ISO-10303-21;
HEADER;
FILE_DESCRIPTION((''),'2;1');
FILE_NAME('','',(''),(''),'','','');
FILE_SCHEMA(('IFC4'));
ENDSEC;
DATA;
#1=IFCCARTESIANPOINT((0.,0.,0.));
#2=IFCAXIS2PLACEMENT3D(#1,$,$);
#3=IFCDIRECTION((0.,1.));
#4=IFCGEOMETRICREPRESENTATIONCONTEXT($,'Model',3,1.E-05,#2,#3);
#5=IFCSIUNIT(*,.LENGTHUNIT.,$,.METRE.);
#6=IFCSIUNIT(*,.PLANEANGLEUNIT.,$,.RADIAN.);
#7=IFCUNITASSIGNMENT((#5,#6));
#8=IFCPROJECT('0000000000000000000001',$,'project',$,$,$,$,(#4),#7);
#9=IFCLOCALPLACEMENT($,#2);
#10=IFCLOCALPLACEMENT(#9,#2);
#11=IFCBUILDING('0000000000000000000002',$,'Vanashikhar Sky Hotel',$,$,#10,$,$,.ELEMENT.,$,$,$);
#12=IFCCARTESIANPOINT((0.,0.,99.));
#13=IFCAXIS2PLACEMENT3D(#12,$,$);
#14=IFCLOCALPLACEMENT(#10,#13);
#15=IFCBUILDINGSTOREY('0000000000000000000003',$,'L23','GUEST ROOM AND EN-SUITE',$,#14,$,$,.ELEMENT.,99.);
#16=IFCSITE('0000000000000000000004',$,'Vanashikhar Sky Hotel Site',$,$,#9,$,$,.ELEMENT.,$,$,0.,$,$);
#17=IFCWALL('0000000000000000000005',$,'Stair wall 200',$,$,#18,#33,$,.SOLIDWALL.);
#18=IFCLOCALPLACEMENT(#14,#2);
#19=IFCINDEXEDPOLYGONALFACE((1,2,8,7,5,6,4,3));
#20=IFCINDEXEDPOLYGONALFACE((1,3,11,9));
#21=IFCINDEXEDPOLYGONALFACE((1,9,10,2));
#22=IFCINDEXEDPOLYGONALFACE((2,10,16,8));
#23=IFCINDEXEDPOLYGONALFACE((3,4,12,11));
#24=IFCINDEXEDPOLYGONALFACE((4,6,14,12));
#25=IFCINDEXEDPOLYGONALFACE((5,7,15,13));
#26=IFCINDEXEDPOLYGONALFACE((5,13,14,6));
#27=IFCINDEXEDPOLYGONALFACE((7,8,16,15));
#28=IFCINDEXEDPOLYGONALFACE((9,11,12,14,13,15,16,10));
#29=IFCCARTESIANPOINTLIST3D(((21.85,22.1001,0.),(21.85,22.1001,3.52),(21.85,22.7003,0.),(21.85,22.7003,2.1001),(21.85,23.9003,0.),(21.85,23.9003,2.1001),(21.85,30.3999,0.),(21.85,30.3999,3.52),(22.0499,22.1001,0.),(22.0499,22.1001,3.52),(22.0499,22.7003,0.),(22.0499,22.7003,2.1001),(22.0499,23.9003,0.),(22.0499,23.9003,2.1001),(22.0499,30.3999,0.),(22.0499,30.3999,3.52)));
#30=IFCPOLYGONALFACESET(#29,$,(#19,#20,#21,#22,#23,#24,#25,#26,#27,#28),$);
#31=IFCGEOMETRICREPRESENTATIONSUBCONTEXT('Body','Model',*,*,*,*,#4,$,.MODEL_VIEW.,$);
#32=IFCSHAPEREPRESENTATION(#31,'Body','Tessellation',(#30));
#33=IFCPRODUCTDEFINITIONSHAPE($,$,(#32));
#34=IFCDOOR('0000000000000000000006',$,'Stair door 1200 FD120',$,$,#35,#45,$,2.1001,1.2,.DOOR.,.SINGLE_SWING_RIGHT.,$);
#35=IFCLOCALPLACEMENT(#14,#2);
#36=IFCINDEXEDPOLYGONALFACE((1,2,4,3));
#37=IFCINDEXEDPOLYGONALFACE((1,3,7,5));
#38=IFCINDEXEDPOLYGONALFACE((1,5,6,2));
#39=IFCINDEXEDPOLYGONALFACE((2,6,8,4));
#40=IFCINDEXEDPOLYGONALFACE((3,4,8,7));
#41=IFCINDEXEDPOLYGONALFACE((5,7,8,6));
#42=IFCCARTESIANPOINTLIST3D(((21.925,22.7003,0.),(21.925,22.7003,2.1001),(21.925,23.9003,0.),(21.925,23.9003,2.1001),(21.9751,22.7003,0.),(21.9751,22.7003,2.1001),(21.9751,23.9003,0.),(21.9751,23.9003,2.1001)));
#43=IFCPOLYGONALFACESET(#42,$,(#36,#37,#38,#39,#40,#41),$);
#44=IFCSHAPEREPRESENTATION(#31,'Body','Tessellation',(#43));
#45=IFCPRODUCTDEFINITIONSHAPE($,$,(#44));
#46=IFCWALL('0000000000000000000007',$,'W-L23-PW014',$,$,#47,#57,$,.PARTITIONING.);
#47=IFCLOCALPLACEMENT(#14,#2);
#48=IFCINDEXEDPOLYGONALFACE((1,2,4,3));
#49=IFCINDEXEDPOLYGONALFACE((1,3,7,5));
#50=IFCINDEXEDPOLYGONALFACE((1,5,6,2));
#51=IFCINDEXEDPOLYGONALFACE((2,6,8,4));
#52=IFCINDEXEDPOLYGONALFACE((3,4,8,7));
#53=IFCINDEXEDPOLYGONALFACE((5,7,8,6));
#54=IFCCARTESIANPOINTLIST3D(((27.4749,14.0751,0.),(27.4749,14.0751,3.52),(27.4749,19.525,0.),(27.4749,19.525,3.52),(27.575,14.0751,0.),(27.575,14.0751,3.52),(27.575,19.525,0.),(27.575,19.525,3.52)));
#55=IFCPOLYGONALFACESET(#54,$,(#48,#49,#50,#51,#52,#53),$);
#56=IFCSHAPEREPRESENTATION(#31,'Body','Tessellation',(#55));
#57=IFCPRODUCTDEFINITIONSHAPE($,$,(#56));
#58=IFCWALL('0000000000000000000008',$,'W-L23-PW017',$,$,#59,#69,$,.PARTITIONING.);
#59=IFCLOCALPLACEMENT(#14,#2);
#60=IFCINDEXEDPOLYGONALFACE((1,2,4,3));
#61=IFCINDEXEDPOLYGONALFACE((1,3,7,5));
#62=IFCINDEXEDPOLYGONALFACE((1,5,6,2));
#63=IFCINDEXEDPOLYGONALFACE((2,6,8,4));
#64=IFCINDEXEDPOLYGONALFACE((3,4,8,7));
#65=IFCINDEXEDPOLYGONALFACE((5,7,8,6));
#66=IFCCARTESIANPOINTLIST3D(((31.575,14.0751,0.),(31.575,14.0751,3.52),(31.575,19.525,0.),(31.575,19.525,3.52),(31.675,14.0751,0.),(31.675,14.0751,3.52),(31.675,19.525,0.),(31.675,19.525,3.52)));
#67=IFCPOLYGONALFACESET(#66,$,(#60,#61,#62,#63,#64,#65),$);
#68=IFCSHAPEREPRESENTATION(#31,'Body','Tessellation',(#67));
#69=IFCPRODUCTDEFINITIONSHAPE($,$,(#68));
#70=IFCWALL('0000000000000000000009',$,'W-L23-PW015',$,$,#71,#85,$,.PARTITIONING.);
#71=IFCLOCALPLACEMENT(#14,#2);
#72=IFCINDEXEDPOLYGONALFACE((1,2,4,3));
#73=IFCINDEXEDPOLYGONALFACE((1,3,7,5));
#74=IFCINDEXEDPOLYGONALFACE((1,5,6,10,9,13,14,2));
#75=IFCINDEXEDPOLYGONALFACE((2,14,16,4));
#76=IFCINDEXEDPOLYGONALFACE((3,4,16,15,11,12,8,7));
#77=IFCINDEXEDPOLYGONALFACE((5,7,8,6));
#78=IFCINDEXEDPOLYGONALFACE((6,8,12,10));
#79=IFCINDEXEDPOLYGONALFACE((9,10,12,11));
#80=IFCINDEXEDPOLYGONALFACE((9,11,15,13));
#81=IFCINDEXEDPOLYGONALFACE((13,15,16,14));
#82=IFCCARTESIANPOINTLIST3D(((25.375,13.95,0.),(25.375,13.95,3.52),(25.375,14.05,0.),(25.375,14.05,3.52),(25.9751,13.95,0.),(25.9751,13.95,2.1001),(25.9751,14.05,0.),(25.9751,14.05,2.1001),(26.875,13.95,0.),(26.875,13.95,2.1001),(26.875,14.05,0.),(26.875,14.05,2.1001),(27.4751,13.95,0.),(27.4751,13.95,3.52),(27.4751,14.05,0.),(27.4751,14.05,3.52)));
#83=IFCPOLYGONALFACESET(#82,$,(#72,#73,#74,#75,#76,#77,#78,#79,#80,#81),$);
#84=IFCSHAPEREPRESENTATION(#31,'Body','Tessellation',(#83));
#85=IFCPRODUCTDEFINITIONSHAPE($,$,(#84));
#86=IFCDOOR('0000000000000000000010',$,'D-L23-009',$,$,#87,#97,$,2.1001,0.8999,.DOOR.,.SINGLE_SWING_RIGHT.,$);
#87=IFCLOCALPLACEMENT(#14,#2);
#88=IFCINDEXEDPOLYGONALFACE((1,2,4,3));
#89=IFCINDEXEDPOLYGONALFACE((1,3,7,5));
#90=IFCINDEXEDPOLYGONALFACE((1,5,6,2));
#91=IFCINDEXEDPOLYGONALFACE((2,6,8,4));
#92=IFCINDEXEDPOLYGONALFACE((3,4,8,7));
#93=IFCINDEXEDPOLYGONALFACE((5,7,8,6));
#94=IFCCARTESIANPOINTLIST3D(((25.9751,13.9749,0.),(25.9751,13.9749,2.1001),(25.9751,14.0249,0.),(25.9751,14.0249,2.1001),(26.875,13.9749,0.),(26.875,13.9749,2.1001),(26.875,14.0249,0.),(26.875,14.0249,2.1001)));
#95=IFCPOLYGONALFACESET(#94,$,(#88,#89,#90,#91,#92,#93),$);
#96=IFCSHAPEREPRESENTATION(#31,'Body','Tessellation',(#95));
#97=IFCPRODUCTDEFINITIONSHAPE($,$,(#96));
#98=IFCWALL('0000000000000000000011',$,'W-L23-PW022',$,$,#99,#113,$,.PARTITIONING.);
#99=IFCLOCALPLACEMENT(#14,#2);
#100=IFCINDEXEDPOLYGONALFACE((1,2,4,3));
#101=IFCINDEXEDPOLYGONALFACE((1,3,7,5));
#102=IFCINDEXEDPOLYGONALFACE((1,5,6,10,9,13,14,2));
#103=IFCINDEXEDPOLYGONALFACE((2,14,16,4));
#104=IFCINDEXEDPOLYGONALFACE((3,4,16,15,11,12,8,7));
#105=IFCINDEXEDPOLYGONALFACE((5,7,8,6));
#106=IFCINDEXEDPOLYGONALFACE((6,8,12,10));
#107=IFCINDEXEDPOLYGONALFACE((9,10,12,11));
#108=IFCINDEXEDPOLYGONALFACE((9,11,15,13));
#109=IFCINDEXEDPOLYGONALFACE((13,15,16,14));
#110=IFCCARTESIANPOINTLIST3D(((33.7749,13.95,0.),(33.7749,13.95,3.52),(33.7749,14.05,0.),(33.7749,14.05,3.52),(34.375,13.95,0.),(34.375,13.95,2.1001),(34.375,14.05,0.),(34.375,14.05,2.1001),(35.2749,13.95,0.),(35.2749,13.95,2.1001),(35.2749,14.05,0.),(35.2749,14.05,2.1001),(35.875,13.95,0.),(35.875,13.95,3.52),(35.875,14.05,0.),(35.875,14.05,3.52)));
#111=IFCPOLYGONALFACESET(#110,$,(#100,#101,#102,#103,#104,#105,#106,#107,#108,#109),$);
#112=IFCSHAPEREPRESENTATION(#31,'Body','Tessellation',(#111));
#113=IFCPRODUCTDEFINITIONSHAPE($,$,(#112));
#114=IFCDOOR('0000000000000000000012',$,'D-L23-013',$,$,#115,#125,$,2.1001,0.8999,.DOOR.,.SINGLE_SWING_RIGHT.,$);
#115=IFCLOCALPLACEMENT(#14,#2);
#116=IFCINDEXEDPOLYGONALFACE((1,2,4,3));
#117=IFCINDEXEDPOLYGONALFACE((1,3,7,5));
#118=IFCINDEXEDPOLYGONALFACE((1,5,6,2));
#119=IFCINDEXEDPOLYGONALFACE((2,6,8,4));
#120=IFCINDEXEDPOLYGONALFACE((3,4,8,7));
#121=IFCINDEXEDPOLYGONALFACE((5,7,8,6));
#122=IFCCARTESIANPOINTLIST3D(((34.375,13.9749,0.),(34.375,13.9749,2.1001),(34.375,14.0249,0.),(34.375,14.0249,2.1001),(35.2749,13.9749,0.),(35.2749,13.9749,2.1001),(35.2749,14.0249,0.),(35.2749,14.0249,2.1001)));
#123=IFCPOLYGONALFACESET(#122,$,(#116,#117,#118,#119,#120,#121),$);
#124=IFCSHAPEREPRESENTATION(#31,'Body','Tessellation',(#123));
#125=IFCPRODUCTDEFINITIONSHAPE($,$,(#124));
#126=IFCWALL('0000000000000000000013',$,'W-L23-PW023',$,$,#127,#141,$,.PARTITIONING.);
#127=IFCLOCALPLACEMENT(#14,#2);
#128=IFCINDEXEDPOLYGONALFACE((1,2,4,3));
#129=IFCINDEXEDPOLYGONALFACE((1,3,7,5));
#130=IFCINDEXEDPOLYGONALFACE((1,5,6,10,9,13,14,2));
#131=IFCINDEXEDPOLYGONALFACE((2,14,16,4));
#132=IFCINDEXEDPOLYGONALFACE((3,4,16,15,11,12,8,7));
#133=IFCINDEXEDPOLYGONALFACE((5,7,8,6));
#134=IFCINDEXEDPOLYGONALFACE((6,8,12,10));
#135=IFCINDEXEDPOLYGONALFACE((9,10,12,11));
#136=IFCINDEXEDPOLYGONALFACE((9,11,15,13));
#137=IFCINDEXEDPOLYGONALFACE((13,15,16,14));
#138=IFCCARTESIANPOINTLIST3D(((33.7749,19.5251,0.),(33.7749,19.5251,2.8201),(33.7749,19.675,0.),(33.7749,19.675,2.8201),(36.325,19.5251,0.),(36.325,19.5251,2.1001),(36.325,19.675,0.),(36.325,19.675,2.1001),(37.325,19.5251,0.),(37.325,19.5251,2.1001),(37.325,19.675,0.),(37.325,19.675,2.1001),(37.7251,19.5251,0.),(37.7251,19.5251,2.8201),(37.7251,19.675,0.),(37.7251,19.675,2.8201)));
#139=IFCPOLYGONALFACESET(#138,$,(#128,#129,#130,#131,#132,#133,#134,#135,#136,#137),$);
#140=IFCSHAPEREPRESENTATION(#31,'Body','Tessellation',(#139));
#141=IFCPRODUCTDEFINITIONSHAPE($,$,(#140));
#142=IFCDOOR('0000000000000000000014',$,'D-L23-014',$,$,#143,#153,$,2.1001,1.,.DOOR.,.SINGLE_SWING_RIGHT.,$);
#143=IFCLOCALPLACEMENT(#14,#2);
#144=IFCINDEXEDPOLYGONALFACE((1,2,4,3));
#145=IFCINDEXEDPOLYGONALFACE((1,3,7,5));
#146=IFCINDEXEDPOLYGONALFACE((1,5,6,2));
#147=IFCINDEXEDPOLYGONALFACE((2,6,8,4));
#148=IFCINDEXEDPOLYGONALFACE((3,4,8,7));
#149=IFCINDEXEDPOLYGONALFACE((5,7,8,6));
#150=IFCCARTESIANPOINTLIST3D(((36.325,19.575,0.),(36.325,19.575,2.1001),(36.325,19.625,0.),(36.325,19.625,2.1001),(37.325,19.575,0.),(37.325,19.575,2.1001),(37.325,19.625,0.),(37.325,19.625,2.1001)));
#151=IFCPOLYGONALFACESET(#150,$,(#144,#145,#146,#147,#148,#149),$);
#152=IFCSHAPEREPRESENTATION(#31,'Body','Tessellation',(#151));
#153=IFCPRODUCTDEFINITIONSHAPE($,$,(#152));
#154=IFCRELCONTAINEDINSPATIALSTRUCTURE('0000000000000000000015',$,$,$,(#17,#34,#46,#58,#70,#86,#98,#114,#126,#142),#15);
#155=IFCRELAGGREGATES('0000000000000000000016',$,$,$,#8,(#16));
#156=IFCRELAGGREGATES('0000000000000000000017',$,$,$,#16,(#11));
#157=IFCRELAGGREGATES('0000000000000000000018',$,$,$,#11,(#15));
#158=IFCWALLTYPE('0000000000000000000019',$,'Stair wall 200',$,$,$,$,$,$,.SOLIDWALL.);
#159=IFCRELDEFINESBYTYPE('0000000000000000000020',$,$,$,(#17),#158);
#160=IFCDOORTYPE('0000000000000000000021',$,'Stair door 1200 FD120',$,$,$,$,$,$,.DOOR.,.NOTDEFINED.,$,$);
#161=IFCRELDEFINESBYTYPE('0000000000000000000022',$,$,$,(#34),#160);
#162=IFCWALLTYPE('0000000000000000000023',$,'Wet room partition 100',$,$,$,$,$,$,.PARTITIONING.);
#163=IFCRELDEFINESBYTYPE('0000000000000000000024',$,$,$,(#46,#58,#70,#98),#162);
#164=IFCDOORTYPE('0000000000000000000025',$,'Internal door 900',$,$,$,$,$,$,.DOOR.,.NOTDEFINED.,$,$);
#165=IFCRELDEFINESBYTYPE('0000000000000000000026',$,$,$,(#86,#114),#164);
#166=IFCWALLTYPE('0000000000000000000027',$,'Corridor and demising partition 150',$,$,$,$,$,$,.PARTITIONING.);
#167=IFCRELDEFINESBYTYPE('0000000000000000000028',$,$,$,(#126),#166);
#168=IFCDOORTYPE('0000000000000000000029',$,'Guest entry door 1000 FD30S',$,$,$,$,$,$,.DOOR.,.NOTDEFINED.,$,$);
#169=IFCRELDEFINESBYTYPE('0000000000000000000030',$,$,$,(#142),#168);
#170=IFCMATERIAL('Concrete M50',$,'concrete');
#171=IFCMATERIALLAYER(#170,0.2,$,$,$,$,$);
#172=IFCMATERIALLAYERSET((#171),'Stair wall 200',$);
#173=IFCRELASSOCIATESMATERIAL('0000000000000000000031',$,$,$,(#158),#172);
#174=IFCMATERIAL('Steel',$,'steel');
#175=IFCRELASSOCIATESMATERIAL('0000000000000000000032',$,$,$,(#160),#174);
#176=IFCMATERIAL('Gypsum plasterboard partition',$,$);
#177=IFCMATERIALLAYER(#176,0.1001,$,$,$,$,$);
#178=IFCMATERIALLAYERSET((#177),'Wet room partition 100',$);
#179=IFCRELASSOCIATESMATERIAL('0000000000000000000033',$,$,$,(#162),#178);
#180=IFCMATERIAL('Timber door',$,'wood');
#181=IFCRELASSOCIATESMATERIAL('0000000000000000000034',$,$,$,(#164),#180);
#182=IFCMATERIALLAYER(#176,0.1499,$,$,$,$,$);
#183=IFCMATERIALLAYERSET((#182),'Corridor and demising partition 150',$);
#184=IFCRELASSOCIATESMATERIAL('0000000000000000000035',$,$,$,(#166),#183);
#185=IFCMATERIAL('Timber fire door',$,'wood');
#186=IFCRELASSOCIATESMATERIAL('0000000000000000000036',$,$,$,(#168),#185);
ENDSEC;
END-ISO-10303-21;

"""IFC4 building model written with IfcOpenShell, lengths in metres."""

from ifc_helpers import new_model, si_unit, direction, frame, frame_2d, origin, place, context, subcontext, project, spatial, rectangle, extrude, source, transform, mapped, material, layer, layer_set, type_object, element, fill, save


model = new_model("IFC4")

# Units and contexts
model_context = context("Model", 3, precision=1e-05, world=origin(), true_north=direction((0.0, 1.0)))
body_context = subcontext(model_context, "Body", "Model", "MODEL_VIEW")
ifc_project = project(units=[si_unit("LENGTHUNIT", "METRE"), si_unit("PLANEANGLEUNIT", "RADIAN")], contexts=[model_context])

# Site, building, storey
site_placement = place(None, origin())
site = spatial("IfcSite", under=ifc_project, at=site_placement, Name="Vanashikhar Sky Hotel Site", CompositionType="ELEMENT", RefElevation=0.0)
building_placement = place(site_placement, origin())
building = spatial("IfcBuilding", under=site, at=building_placement, Name="Vanashikhar Sky Hotel", CompositionType="ELEMENT")
storey_placement = place(building_placement, frame((0.0, 0.0, 99.0)))
storey = spatial("IfcBuildingStorey", under=building, at=storey_placement, Name="L23", Description="GUEST ROOM AND EN-SUITE", CompositionType="ELEMENT", Elevation=99.0)

# Shared definitions
ifc_material_1 = material(Name="Concrete M50", Category="concrete")

# Shared definitions
ifc_material_2 = material(Name="Steel", Category="steel")

# Wall, opening, door
ifc_layer_1 = layer(ifc_material_1, 0.2)
ifc_layer_set_1 = layer_set([ifc_layer_1], Name="Stair wall 200")
wall_type_1 = type_object("IfcWallType", Name="Stair wall 200", PredefinedType="SOLIDWALL", material=ifc_layer_set_1)
shared_shape_1 = source(origin(), body_context, "Body", "SweptSolid", [
    extrude(rectangle(XDim=8.2998, YDim=0.2, at=frame_2d((4.1499, 0.0))), origin(), (0.0, 0.0, 1.0), 3.52),
])
wall_1_placement = place(storey_placement, frame((21.95, 22.1001, 0.0), z_axis=(0.0, 0.0, 1.0), x_axis=(0.0, 1.0, 0.0)))
wall_1 = element("IfcWall", 1, at=wall_1_placement, inside=storey, type_object=wall_type_1, Name="Stair wall 200", PredefinedType="SOLIDWALL", context=body_context, shape_type="MappedRepresentation", body=[
    mapped(shared_shape_1, transform((0.0, 0.0, 0.0), scale=1.0)),
])
shared_shape_2 = source(origin(), body_context, "Body", "SweptSolid", [
    extrude(rectangle(XDim=1.2, YDim=2.1001, at=frame_2d((0.6001, 1.05))), frame((0.0, 0.1099, 0.0), z_axis=(0.0, -1.0, 0.0), x_axis=(1.0, 0.0, 0.0)), (0.0, 0.0, 1.0), 0.22),
])
opening_1_placement = place(wall_1_placement, frame((0.6001, 0.0, 0.0)))
opening_1 = element("IfcOpeningElement", 2, at=opening_1_placement, cuts=wall_1, PredefinedType="OPENING", context=body_context, shape_type="MappedRepresentation", body=[
    mapped(shared_shape_2, transform((0.0, 0.0, 0.0), scale=1.0)),
])
door_type_1 = type_object("IfcDoorType", Name="Stair door 1200 FD120", OperationType="NOTDEFINED", PredefinedType="DOOR", material=ifc_material_2)
shared_shape_3 = source(origin(), body_context, "Body", "SweptSolid", [
    extrude(rectangle(XDim=1.2, YDim=2.1001, at=frame_2d((0.6001, 1.05))), frame((0.0, 0.0249, 0.0), z_axis=(0.0, -1.0, 0.0), x_axis=(1.0, 0.0, 0.0)), (0.0, 0.0, 1.0), 0.05),
])
door_1_placement = place(opening_1_placement, origin())
door_1 = element("IfcDoor", 3, at=door_1_placement, inside=storey, type_object=door_type_1, Name="Stair door 1200 FD120", OperationType="SINGLE_SWING_RIGHT", OverallHeight=2.1001, OverallWidth=1.2, PredefinedType="DOOR", context=body_context, shape_type="MappedRepresentation", body=[
    mapped(shared_shape_3, transform((0.0, 0.0, 0.0), scale=1.0)),
])
fill(opening_1, door_1)

# Walls
ifc_material_3 = material(Name="Gypsum plasterboard partition")
ifc_layer_2 = layer(ifc_material_3, 0.1001)
ifc_layer_set_2 = layer_set([ifc_layer_2], Name="Wet room partition 100")
wall_type_2 = type_object("IfcWallType", Name="Wet room partition 100", PredefinedType="PARTITIONING", material=ifc_layer_set_2)
shared_shape_4 = source(origin(), body_context, "Body", "SweptSolid", [
    extrude(rectangle(XDim=5.45, YDim=0.1001, at=frame_2d((2.7251, 0.0))), origin(), (0.0, 0.0, 1.0), 3.52),
])
for number, where, z_axis, x_axis, name in (
    (4, (27.5249, 14.075, 0.0), (0.0, 0.0, 1.0), (0.0, 1.0, 0.0), "W-L23-PW014"),
    (5, (31.625, 14.075, 0.0), (0.0, 0.0, 1.0), (0.0, 1.0, 0.0), "W-L23-PW017"),
):
    element("IfcWall", number, at=place(storey_placement, frame(where, z_axis=z_axis, x_axis=x_axis)), inside=storey, type_object=wall_type_2, Name=name, PredefinedType="PARTITIONING", context=body_context, shape_type="MappedRepresentation", body=[
        mapped(shared_shape_4, transform((0.0, 0.0, 0.0), scale=1.0)),
    ])

# Walls, openings, doors
shared_shape_5 = source(origin(), body_context, "Body", "SweptSolid", [
    extrude(rectangle(XDim=2.1001, YDim=0.1001, at=frame_2d((1.05, 0.0))), origin(), (0.0, 0.0, 1.0), 3.52),
])
wall_2_placement = place(storey_placement, frame((25.375, 14.0, 0.0), z_axis=(0.0, 0.0, 1.0), x_axis=(1.0, 0.0, 0.0)))
wall_2 = element("IfcWall", 6, at=wall_2_placement, inside=storey, type_object=wall_type_2, Name="W-L23-PW015", PredefinedType="PARTITIONING", context=body_context, shape_type="MappedRepresentation", body=[
    mapped(shared_shape_5, transform((0.0, 0.0, 0.0), scale=1.0)),
])
shared_shape_6 = source(origin(), body_context, "Body", "SweptSolid", [
    extrude(rectangle(XDim=0.8999, YDim=2.1001, at=frame_2d((0.45, 1.05))), frame((0.0, 0.0601, 0.0), z_axis=(0.0, -1.0, 0.0), x_axis=(1.0, 0.0, 0.0)), (0.0, 0.0, 1.0), 0.1201),
])
opening_2_placement = place(wall_2_placement, frame((0.6001, 0.0, 0.0)))
opening_2 = element("IfcOpeningElement", 7, at=opening_2_placement, cuts=wall_2, PredefinedType="OPENING", context=body_context, shape_type="MappedRepresentation", body=[
    mapped(shared_shape_6, transform((0.0, 0.0, 0.0), scale=1.0)),
])
ifc_material_4 = material(Name="Timber door", Category="wood")
door_type_2 = type_object("IfcDoorType", Name="Internal door 900", OperationType="NOTDEFINED", PredefinedType="DOOR", material=ifc_material_4)
shared_shape_7 = source(origin(), body_context, "Body", "SweptSolid", [
    extrude(rectangle(XDim=0.8999, YDim=2.1001, at=frame_2d((0.45, 1.05))), frame((0.0, 0.0249, 0.0), z_axis=(0.0, -1.0, 0.0), x_axis=(1.0, 0.0, 0.0)), (0.0, 0.0, 1.0), 0.05),
])
door_2_placement = place(opening_2_placement, origin())
door_2 = element("IfcDoor", 8, at=door_2_placement, inside=storey, type_object=door_type_2, Name="D-L23-009", OperationType="SINGLE_SWING_RIGHT", OverallHeight=2.1001, OverallWidth=0.8999, PredefinedType="DOOR", context=body_context, shape_type="MappedRepresentation", body=[
    mapped(shared_shape_7, transform((0.0, 0.0, 0.0), scale=1.0)),
])
fill(opening_2, door_2)
wall_3_placement = place(storey_placement, frame((33.7749, 14.0, 0.0), z_axis=(0.0, 0.0, 1.0), x_axis=(1.0, 0.0, 0.0)))
wall_3 = element("IfcWall", 9, at=wall_3_placement, inside=storey, type_object=wall_type_2, Name="W-L23-PW022", PredefinedType="PARTITIONING", context=body_context, shape_type="MappedRepresentation", body=[
    mapped(shared_shape_5, transform((0.0, 0.0, 0.0), scale=1.0)),
])
opening_3_placement = place(wall_3_placement, frame((0.6001, 0.0, 0.0)))
opening_3 = element("IfcOpeningElement", 10, at=opening_3_placement, cuts=wall_3, PredefinedType="OPENING", context=body_context, shape_type="MappedRepresentation", body=[
    mapped(shared_shape_6, transform((0.0, 0.0, 0.0), scale=1.0)),
])
door_3_placement = place(opening_3_placement, origin())
door_3 = element("IfcDoor", 11, at=door_3_placement, inside=storey, type_object=door_type_2, Name="D-L23-013", OperationType="SINGLE_SWING_RIGHT", OverallHeight=2.1001, OverallWidth=0.8999, PredefinedType="DOOR", context=body_context, shape_type="MappedRepresentation", body=[
    mapped(shared_shape_7, transform((0.0, 0.0, 0.0), scale=1.0)),
])
fill(opening_3, door_3)
ifc_layer_3 = layer(ifc_material_3, 0.1499)
ifc_layer_set_3 = layer_set([ifc_layer_3], Name="Corridor and demising partition 150")
wall_type_3 = type_object("IfcWallType", Name="Corridor and demising partition 150", PredefinedType="PARTITIONING", material=ifc_layer_set_3)
shared_shape_8 = source(origin(), body_context, "Body", "SweptSolid", [
    extrude(rectangle(XDim=3.9502, YDim=0.1499, at=frame_2d((1.9751, 0.0))), origin(), (0.0, 0.0, 1.0), 2.8201),
])
wall_4_placement = place(storey_placement, frame((33.7749, 19.6001, 0.0), z_axis=(0.0, 0.0, 1.0), x_axis=(1.0, 0.0, 0.0)))
wall_4 = element("IfcWall", 12, at=wall_4_placement, inside=storey, type_object=wall_type_3, Name="W-L23-PW023", PredefinedType="PARTITIONING", context=body_context, shape_type="MappedRepresentation", body=[
    mapped(shared_shape_8, transform((0.0, 0.0, 0.0), scale=1.0)),
])
shared_shape_9 = source(origin(), body_context, "Body", "SweptSolid", [
    extrude(rectangle(XDim=1.0, YDim=2.1001, at=frame_2d((0.5, 1.05))), frame((0.0, 0.085, 0.0), z_axis=(0.0, -1.0, 0.0), x_axis=(1.0, 0.0, 0.0)), (0.0, 0.0, 1.0), 0.1699),
])
opening_4_placement = place(wall_4_placement, frame((2.55, 0.0, 0.0)))
opening_4 = element("IfcOpeningElement", 13, at=opening_4_placement, cuts=wall_4, PredefinedType="OPENING", context=body_context, shape_type="MappedRepresentation", body=[
    mapped(shared_shape_9, transform((0.0, 0.0, 0.0), scale=1.0)),
])
ifc_material_5 = material(Name="Timber fire door", Category="wood")
door_type_3 = type_object("IfcDoorType", Name="Guest entry door 1000 FD30S", OperationType="NOTDEFINED", PredefinedType="DOOR", material=ifc_material_5)
shared_shape_10 = source(origin(), body_context, "Body", "SweptSolid", [
    extrude(rectangle(XDim=1.0, YDim=2.1001, at=frame_2d((0.5, 1.05))), frame((0.0, 0.0249, 0.0), z_axis=(0.0, -1.0, 0.0), x_axis=(1.0, 0.0, 0.0)), (0.0, 0.0, 1.0), 0.05),
])
door_4_placement = place(opening_4_placement, origin())
door_4 = element("IfcDoor", 14, at=door_4_placement, inside=storey, type_object=door_type_3, Name="D-L23-014", OperationType="SINGLE_SWING_RIGHT", OverallHeight=2.1001, OverallWidth=1.0, PredefinedType="DOOR", context=body_context, shape_type="MappedRepresentation", body=[
    mapped(shared_shape_10, transform((0.0, 0.0, 0.0), scale=1.0)),
])
fill(opening_4, door_4)

save(model, "model.ifc")
